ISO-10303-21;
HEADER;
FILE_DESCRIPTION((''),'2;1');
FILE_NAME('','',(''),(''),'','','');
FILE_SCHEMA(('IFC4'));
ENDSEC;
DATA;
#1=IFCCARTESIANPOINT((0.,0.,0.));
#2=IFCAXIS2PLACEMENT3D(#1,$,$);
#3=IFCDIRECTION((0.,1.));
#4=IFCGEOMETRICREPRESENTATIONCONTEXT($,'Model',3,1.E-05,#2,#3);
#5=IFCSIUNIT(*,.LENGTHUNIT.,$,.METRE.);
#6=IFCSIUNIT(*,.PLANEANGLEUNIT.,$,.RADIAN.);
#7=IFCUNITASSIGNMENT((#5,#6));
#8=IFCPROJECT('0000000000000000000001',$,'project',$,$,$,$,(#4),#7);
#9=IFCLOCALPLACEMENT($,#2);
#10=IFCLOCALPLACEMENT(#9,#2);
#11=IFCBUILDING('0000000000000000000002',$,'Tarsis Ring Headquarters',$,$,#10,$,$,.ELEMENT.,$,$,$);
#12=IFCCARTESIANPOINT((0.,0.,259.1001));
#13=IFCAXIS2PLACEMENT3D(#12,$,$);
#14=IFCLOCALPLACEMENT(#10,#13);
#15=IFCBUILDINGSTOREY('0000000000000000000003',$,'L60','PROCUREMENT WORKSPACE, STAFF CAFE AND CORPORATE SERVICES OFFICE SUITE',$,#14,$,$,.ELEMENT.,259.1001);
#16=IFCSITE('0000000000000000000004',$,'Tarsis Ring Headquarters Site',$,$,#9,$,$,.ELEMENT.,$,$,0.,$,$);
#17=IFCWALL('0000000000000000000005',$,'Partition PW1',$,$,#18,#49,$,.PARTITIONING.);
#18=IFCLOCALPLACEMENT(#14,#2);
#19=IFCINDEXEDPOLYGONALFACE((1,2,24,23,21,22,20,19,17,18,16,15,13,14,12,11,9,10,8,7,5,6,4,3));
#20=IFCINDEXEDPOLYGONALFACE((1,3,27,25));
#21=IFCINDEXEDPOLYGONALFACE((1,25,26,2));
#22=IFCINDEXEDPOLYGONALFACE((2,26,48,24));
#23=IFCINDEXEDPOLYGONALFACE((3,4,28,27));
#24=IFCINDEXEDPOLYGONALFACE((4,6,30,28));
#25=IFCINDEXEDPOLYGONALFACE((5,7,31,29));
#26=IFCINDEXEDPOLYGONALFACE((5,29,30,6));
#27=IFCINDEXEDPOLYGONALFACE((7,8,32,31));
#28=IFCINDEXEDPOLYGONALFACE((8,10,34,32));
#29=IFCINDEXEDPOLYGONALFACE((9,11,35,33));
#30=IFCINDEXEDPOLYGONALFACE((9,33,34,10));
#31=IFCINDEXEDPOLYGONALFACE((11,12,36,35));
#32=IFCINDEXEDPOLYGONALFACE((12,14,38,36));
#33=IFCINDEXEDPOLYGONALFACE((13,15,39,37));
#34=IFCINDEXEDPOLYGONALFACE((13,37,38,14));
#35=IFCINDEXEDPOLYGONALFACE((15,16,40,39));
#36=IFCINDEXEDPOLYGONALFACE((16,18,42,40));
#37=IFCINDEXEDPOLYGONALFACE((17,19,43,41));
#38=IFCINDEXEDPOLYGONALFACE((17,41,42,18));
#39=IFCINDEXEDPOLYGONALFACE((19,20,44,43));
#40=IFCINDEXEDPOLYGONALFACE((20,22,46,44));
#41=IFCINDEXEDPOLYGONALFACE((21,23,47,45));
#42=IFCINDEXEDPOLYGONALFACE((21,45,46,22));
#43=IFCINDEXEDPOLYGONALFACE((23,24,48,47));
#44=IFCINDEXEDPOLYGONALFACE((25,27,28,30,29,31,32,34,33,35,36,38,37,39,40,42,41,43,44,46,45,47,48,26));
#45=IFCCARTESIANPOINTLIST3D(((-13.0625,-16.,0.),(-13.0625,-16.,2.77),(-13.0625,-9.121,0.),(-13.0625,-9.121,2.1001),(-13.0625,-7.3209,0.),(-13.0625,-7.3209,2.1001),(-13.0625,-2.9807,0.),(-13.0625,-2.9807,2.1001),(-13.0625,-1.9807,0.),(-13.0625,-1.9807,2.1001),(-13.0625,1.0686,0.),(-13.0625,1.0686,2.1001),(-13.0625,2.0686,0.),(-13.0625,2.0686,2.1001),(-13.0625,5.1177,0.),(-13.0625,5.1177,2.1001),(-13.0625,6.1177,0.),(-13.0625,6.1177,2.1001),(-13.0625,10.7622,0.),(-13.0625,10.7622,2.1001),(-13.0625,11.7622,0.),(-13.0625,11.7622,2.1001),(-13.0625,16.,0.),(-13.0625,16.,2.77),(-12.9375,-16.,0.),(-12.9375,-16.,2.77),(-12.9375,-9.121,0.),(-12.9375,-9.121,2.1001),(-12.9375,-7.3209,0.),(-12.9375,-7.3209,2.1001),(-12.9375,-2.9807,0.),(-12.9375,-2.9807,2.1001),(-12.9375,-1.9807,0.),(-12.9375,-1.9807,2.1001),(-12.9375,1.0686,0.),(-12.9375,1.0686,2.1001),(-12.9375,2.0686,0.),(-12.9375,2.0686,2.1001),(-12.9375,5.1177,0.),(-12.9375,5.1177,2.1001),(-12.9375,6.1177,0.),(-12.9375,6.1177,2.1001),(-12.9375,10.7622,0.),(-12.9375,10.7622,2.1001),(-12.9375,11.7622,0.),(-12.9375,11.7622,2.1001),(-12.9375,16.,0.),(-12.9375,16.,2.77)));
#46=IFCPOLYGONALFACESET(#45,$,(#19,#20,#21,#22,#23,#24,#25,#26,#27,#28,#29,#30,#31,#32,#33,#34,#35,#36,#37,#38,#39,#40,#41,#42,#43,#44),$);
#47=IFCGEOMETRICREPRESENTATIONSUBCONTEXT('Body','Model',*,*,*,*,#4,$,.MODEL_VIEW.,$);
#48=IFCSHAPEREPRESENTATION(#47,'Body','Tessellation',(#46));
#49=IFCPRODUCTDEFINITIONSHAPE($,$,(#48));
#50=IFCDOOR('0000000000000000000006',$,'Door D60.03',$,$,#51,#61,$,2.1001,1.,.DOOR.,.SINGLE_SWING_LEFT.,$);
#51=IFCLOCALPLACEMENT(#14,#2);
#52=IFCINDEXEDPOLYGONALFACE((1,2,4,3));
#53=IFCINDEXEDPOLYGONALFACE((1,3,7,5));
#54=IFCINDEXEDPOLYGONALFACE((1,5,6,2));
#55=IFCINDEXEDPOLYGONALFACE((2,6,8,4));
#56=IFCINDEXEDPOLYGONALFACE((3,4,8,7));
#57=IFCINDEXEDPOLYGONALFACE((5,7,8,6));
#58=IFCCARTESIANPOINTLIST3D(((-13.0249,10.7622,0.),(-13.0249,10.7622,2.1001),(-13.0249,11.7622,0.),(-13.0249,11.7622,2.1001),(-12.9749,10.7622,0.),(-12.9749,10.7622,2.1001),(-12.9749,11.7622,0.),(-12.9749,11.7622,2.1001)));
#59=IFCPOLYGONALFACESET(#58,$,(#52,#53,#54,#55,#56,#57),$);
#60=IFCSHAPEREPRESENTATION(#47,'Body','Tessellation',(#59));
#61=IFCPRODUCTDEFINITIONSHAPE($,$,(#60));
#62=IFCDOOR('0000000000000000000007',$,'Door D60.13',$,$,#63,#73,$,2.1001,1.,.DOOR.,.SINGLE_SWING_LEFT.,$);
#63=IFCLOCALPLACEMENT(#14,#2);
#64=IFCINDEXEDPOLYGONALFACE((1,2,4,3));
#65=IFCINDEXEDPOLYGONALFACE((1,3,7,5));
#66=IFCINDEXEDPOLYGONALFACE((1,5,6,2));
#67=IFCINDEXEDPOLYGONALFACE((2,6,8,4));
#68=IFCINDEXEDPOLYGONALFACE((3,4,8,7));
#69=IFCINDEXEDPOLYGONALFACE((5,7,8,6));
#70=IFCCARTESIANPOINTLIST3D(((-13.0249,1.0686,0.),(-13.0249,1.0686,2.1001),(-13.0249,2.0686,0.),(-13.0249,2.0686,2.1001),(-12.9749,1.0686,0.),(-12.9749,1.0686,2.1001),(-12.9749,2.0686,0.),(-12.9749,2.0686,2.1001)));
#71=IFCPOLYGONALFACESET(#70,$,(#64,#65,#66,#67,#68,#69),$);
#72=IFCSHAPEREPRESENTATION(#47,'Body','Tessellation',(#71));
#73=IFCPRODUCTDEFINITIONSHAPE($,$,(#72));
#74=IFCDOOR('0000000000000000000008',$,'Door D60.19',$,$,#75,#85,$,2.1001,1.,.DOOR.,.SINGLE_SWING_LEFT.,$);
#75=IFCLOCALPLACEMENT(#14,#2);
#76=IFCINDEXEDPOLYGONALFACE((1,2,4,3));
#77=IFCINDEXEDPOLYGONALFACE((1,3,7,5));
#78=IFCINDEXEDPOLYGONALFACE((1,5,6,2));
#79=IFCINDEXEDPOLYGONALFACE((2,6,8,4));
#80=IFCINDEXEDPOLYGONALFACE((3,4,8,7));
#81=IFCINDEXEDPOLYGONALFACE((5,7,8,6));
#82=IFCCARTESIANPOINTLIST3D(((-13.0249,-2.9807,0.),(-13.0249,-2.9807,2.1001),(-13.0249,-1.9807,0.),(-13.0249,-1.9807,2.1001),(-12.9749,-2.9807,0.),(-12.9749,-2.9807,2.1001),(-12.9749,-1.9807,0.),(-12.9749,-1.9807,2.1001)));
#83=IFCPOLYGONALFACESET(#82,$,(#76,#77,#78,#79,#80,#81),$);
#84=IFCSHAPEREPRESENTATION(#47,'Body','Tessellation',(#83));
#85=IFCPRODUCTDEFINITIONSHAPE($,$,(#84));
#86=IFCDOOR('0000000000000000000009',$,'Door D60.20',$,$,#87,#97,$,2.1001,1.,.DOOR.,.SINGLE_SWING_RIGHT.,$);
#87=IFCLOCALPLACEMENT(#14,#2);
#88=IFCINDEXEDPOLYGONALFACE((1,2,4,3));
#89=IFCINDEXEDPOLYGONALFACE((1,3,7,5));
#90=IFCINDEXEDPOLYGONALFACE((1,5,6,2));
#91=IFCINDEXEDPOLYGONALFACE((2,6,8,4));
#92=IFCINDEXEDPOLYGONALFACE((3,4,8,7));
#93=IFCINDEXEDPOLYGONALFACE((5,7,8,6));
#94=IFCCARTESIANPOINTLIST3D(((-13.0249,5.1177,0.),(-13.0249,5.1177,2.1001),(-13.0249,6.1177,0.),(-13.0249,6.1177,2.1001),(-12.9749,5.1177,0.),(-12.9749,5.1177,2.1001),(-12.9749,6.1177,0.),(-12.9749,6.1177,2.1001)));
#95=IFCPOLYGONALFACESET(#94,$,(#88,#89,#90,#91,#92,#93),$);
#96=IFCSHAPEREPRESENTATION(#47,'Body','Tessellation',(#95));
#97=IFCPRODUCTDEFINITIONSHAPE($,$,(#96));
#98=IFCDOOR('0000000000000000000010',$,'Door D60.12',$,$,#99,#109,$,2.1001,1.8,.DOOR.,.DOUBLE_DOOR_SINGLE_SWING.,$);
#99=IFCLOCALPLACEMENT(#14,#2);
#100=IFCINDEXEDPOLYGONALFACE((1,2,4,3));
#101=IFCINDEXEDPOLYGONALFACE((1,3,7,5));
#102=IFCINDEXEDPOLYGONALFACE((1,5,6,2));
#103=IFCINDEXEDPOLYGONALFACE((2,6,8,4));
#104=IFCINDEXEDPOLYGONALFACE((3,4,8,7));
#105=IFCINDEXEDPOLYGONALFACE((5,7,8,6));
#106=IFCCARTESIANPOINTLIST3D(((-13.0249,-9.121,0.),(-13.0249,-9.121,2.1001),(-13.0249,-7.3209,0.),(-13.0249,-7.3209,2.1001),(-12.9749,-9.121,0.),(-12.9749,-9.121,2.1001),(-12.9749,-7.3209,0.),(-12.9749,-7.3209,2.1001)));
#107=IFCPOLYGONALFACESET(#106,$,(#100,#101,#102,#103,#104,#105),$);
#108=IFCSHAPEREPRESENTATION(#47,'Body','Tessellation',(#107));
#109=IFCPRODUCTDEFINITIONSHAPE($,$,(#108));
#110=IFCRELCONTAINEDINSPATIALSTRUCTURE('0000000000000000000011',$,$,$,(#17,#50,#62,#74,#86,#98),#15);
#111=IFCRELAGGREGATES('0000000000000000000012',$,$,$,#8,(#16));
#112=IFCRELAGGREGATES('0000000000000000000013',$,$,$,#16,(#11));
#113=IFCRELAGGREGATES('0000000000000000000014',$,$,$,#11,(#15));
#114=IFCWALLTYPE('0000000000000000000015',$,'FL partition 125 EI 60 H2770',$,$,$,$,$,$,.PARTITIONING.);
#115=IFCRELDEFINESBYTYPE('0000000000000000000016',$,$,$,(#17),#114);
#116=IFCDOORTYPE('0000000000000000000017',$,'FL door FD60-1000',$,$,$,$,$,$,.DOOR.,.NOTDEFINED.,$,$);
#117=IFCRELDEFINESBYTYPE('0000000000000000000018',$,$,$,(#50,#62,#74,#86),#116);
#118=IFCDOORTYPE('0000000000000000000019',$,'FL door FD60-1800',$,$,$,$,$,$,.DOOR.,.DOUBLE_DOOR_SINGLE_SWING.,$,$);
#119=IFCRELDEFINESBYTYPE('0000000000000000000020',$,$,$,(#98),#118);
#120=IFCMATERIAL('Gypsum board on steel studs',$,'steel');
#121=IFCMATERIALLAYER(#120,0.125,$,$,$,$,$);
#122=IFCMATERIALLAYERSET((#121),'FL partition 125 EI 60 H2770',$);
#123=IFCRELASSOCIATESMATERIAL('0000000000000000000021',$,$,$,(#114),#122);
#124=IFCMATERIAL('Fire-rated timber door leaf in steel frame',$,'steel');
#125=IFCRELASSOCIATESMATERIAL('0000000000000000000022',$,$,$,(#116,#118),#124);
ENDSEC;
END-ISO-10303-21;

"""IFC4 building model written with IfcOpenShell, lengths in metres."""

from ifc_helpers import new_model, si_unit, direction, frame, frame_2d, origin, place, context, subcontext, project, spatial, rectangle, extrude, material, layer, layer_set, type_object, element, fill, save


model = new_model("IFC4")

# Units and contexts
model_context = context("Model", 3, precision=1e-05, world=origin(), true_north=direction((0.0, 1.0)))
body_context = subcontext(model_context, "Body", "Model", "MODEL_VIEW")
ifc_project = project(units=[si_unit("LENGTHUNIT", "METRE"), si_unit("PLANEANGLEUNIT", "RADIAN")], contexts=[model_context])

# Site, building, storey
site_placement = place(None, origin())
site = spatial("IfcSite", under=ifc_project, at=site_placement, Name="Tarsis Ring Headquarters Site", CompositionType="ELEMENT", RefElevation=0.0)
building_placement = place(site_placement, origin())
building = spatial("IfcBuilding", under=site, at=building_placement, Name="Tarsis Ring Headquarters", CompositionType="ELEMENT")
storey_placement = place(building_placement, frame((0.0, 0.0, 259.1001)))
storey = spatial("IfcBuildingStorey", under=building, at=storey_placement, Name="L60", Description="PROCUREMENT WORKSPACE, STAFF CAFE AND CORPORATE SERVICES OFFICE SUITE", CompositionType="ELEMENT", Elevation=259.1001)

# Wall, openings, doors
ifc_material_1 = material(Name="Gypsum board on steel studs", Category="steel")
ifc_layer_1 = layer(ifc_material_1, 0.125)
ifc_layer_set_1 = layer_set([ifc_layer_1], Name="FL partition 125 EI 60 H2770")
wall_type_1 = type_object("IfcWallType", Name="FL partition 125 EI 60 H2770", PredefinedType="PARTITIONING", material=ifc_layer_set_1)
wall_1_placement = place(storey_placement, frame((-13.0, -16.0, 0.0), z_axis=(0.0, 0.0, 1.0), x_axis=(0.0, 1.0, 0.0)))
wall_1 = element("IfcWall", 1, at=wall_1_placement, inside=storey, type_object=wall_type_1, Name="Partition PW1", PredefinedType="PARTITIONING", context=body_context, shape_type="SweptSolid", body=[
    extrude(rectangle(XDim=32.0, YDim=0.125, at=frame_2d((16.0, 0.0))), origin(), (0.0, 0.0, 1.0), 2.77),
])
opening_1_placement = place(wall_1_placement, frame((26.7622, 0.0, 0.0)))
opening_1 = element("IfcOpeningElement", 2, at=opening_1_placement, cuts=wall_1, PredefinedType="OPENING", context=body_context, shape_type="SweptSolid", body=[
    extrude(rectangle(XDim=1.0, YDim=2.1001, at=frame_2d((0.5, 1.05))), frame((0.0, 0.0725, 0.0), z_axis=(0.0, -1.0, 0.0), x_axis=(1.0, 0.0, 0.0)), (0.0, 0.0, 1.0), 0.145),
])
opening_2_placement = place(wall_1_placement, frame((6.8792, 0.0, 0.0)))
opening_2 = element("IfcOpeningElement", 3, at=opening_2_placement, cuts=wall_1, PredefinedType="OPENING", context=body_context, shape_type="SweptSolid", body=[
    extrude(rectangle(XDim=1.8, YDim=2.1001, at=frame_2d((0.8999, 1.05))), frame((0.0, 0.0725, 0.0), z_axis=(0.0, -1.0, 0.0), x_axis=(1.0, 0.0, 0.0)), (0.0, 0.0, 1.0), 0.145),
])
opening_3_placement = place(wall_1_placement, frame((17.0686, 0.0, 0.0)))
opening_3 = element("IfcOpeningElement", 4, at=opening_3_placement, cuts=wall_1, PredefinedType="OPENING", context=body_context, shape_type="SweptSolid", body=[
    extrude(rectangle(XDim=1.0, YDim=2.1001, at=frame_2d((0.5, 1.05))), frame((0.0, 0.0725, 0.0), z_axis=(0.0, -1.0, 0.0), x_axis=(1.0, 0.0, 0.0)), (0.0, 0.0, 1.0), 0.145),
])
opening_4_placement = place(wall_1_placement, frame((13.0193, 0.0, 0.0)))
opening_4 = element("IfcOpeningElement", 5, at=opening_4_placement, cuts=wall_1, PredefinedType="OPENING", context=body_context, shape_type="SweptSolid", body=[
    extrude(rectangle(XDim=1.0, YDim=2.1001, at=frame_2d((0.5, 1.05))), frame((0.0, 0.0725, 0.0), z_axis=(0.0, -1.0, 0.0), x_axis=(1.0, 0.0, 0.0)), (0.0, 0.0, 1.0), 0.145),
])
opening_5_placement = place(wall_1_placement, frame((21.1177, 0.0, 0.0)))
opening_5 = element("IfcOpeningElement", 6, at=opening_5_placement, cuts=wall_1, PredefinedType="OPENING", context=body_context, shape_type="SweptSolid", body=[
    extrude(rectangle(XDim=1.0, YDim=2.1001, at=frame_2d((0.5, 1.05))), frame((0.0, 0.0725, 0.0), z_axis=(0.0, -1.0, 0.0), x_axis=(1.0, 0.0, 0.0)), (0.0, 0.0, 1.0), 0.145),
])
ifc_material_2 = material(Name="Fire-rated timber door leaf in steel frame", Category="steel")
door_type_1 = type_object("IfcDoorType", Name="FL door FD60-1000", OperationType="NOTDEFINED", PredefinedType="DOOR", material=ifc_material_2)
door_1_placement = place(opening_1_placement, origin())
door_1 = element("IfcDoor", 7, at=door_1_placement, inside=storey, type_object=door_type_1, Name="Door D60.03", OperationType="SINGLE_SWING_LEFT", OverallHeight=2.1001, OverallWidth=1.0, PredefinedType="DOOR", context=body_context, shape_type="SweptSolid", body=[
    extrude(rectangle(XDim=1.0, YDim=2.1001, at=frame_2d((0.5, 1.05))), frame((0.0, 0.0249, 0.0), z_axis=(0.0, -1.0, 0.0), x_axis=(1.0, 0.0, 0.0)), (0.0, 0.0, 1.0), 0.05),
])
fill(opening_1, door_1)
door_2_placement = place(opening_3_placement, origin())
door_2 = element("IfcDoor", 8, at=door_2_placement, inside=storey, type_object=door_type_1, Name="Door D60.13", OperationType="SINGLE_SWING_LEFT", OverallHeight=2.1001, OverallWidth=1.0, PredefinedType="DOOR", context=body_context, shape_type="SweptSolid", body=[
    extrude(rectangle(XDim=1.0, YDim=2.1001, at=frame_2d((0.5, 1.05))), frame((0.0, 0.0249, 0.0), z_axis=(0.0, -1.0, 0.0), x_axis=(1.0, 0.0, 0.0)), (0.0, 0.0, 1.0), 0.05),
])
fill(opening_3, door_2)
door_3_placement = place(opening_4_placement, origin())
door_3 = element("IfcDoor", 9, at=door_3_placement, inside=storey, type_object=door_type_1, Name="Door D60.19", OperationType="SINGLE_SWING_LEFT", OverallHeight=2.1001, OverallWidth=1.0, PredefinedType="DOOR", context=body_context, shape_type="SweptSolid", body=[
    extrude(rectangle(XDim=1.0, YDim=2.1001, at=frame_2d((0.5, 1.05))), frame((0.0, 0.0249, 0.0), z_axis=(0.0, -1.0, 0.0), x_axis=(1.0, 0.0, 0.0)), (0.0, 0.0, 1.0), 0.05),
])
fill(opening_4, door_3)
door_4_placement = place(opening_5_placement, origin())
door_4 = element("IfcDoor", 10, at=door_4_placement, inside=storey, type_object=door_type_1, Name="Door D60.20", OperationType="SINGLE_SWING_RIGHT", OverallHeight=2.1001, OverallWidth=1.0, PredefinedType="DOOR", context=body_context, shape_type="SweptSolid", body=[
    extrude(rectangle(XDim=1.0, YDim=2.1001, at=frame_2d((0.5, 1.05))), frame((0.0, 0.0249, 0.0), z_axis=(0.0, -1.0, 0.0), x_axis=(1.0, 0.0, 0.0)), (0.0, 0.0, 1.0), 0.05),
])
fill(opening_5, door_4)
door_type_2 = type_object("IfcDoorType", Name="FL door FD60-1800", OperationType="DOUBLE_DOOR_SINGLE_SWING", PredefinedType="DOOR", material=ifc_material_2)
door_5_placement = place(opening_2_placement, origin())
door_5 = element("IfcDoor", 11, at=door_5_placement, inside=storey, type_object=door_type_2, Name="Door D60.12", OperationType="DOUBLE_DOOR_SINGLE_SWING", OverallHeight=2.1001, OverallWidth=1.8, PredefinedType="DOOR", context=body_context, shape_type="SweptSolid", body=[
    extrude(rectangle(XDim=1.8, YDim=2.1001, at=frame_2d((0.8999, 1.05))), frame((0.0, 0.0249, 0.0), z_axis=(0.0, -1.0, 0.0), x_axis=(1.0, 0.0, 0.0)), (0.0, 0.0, 1.0), 0.05),
])
fill(opening_2, door_5)

save(model, "model.ifc")
